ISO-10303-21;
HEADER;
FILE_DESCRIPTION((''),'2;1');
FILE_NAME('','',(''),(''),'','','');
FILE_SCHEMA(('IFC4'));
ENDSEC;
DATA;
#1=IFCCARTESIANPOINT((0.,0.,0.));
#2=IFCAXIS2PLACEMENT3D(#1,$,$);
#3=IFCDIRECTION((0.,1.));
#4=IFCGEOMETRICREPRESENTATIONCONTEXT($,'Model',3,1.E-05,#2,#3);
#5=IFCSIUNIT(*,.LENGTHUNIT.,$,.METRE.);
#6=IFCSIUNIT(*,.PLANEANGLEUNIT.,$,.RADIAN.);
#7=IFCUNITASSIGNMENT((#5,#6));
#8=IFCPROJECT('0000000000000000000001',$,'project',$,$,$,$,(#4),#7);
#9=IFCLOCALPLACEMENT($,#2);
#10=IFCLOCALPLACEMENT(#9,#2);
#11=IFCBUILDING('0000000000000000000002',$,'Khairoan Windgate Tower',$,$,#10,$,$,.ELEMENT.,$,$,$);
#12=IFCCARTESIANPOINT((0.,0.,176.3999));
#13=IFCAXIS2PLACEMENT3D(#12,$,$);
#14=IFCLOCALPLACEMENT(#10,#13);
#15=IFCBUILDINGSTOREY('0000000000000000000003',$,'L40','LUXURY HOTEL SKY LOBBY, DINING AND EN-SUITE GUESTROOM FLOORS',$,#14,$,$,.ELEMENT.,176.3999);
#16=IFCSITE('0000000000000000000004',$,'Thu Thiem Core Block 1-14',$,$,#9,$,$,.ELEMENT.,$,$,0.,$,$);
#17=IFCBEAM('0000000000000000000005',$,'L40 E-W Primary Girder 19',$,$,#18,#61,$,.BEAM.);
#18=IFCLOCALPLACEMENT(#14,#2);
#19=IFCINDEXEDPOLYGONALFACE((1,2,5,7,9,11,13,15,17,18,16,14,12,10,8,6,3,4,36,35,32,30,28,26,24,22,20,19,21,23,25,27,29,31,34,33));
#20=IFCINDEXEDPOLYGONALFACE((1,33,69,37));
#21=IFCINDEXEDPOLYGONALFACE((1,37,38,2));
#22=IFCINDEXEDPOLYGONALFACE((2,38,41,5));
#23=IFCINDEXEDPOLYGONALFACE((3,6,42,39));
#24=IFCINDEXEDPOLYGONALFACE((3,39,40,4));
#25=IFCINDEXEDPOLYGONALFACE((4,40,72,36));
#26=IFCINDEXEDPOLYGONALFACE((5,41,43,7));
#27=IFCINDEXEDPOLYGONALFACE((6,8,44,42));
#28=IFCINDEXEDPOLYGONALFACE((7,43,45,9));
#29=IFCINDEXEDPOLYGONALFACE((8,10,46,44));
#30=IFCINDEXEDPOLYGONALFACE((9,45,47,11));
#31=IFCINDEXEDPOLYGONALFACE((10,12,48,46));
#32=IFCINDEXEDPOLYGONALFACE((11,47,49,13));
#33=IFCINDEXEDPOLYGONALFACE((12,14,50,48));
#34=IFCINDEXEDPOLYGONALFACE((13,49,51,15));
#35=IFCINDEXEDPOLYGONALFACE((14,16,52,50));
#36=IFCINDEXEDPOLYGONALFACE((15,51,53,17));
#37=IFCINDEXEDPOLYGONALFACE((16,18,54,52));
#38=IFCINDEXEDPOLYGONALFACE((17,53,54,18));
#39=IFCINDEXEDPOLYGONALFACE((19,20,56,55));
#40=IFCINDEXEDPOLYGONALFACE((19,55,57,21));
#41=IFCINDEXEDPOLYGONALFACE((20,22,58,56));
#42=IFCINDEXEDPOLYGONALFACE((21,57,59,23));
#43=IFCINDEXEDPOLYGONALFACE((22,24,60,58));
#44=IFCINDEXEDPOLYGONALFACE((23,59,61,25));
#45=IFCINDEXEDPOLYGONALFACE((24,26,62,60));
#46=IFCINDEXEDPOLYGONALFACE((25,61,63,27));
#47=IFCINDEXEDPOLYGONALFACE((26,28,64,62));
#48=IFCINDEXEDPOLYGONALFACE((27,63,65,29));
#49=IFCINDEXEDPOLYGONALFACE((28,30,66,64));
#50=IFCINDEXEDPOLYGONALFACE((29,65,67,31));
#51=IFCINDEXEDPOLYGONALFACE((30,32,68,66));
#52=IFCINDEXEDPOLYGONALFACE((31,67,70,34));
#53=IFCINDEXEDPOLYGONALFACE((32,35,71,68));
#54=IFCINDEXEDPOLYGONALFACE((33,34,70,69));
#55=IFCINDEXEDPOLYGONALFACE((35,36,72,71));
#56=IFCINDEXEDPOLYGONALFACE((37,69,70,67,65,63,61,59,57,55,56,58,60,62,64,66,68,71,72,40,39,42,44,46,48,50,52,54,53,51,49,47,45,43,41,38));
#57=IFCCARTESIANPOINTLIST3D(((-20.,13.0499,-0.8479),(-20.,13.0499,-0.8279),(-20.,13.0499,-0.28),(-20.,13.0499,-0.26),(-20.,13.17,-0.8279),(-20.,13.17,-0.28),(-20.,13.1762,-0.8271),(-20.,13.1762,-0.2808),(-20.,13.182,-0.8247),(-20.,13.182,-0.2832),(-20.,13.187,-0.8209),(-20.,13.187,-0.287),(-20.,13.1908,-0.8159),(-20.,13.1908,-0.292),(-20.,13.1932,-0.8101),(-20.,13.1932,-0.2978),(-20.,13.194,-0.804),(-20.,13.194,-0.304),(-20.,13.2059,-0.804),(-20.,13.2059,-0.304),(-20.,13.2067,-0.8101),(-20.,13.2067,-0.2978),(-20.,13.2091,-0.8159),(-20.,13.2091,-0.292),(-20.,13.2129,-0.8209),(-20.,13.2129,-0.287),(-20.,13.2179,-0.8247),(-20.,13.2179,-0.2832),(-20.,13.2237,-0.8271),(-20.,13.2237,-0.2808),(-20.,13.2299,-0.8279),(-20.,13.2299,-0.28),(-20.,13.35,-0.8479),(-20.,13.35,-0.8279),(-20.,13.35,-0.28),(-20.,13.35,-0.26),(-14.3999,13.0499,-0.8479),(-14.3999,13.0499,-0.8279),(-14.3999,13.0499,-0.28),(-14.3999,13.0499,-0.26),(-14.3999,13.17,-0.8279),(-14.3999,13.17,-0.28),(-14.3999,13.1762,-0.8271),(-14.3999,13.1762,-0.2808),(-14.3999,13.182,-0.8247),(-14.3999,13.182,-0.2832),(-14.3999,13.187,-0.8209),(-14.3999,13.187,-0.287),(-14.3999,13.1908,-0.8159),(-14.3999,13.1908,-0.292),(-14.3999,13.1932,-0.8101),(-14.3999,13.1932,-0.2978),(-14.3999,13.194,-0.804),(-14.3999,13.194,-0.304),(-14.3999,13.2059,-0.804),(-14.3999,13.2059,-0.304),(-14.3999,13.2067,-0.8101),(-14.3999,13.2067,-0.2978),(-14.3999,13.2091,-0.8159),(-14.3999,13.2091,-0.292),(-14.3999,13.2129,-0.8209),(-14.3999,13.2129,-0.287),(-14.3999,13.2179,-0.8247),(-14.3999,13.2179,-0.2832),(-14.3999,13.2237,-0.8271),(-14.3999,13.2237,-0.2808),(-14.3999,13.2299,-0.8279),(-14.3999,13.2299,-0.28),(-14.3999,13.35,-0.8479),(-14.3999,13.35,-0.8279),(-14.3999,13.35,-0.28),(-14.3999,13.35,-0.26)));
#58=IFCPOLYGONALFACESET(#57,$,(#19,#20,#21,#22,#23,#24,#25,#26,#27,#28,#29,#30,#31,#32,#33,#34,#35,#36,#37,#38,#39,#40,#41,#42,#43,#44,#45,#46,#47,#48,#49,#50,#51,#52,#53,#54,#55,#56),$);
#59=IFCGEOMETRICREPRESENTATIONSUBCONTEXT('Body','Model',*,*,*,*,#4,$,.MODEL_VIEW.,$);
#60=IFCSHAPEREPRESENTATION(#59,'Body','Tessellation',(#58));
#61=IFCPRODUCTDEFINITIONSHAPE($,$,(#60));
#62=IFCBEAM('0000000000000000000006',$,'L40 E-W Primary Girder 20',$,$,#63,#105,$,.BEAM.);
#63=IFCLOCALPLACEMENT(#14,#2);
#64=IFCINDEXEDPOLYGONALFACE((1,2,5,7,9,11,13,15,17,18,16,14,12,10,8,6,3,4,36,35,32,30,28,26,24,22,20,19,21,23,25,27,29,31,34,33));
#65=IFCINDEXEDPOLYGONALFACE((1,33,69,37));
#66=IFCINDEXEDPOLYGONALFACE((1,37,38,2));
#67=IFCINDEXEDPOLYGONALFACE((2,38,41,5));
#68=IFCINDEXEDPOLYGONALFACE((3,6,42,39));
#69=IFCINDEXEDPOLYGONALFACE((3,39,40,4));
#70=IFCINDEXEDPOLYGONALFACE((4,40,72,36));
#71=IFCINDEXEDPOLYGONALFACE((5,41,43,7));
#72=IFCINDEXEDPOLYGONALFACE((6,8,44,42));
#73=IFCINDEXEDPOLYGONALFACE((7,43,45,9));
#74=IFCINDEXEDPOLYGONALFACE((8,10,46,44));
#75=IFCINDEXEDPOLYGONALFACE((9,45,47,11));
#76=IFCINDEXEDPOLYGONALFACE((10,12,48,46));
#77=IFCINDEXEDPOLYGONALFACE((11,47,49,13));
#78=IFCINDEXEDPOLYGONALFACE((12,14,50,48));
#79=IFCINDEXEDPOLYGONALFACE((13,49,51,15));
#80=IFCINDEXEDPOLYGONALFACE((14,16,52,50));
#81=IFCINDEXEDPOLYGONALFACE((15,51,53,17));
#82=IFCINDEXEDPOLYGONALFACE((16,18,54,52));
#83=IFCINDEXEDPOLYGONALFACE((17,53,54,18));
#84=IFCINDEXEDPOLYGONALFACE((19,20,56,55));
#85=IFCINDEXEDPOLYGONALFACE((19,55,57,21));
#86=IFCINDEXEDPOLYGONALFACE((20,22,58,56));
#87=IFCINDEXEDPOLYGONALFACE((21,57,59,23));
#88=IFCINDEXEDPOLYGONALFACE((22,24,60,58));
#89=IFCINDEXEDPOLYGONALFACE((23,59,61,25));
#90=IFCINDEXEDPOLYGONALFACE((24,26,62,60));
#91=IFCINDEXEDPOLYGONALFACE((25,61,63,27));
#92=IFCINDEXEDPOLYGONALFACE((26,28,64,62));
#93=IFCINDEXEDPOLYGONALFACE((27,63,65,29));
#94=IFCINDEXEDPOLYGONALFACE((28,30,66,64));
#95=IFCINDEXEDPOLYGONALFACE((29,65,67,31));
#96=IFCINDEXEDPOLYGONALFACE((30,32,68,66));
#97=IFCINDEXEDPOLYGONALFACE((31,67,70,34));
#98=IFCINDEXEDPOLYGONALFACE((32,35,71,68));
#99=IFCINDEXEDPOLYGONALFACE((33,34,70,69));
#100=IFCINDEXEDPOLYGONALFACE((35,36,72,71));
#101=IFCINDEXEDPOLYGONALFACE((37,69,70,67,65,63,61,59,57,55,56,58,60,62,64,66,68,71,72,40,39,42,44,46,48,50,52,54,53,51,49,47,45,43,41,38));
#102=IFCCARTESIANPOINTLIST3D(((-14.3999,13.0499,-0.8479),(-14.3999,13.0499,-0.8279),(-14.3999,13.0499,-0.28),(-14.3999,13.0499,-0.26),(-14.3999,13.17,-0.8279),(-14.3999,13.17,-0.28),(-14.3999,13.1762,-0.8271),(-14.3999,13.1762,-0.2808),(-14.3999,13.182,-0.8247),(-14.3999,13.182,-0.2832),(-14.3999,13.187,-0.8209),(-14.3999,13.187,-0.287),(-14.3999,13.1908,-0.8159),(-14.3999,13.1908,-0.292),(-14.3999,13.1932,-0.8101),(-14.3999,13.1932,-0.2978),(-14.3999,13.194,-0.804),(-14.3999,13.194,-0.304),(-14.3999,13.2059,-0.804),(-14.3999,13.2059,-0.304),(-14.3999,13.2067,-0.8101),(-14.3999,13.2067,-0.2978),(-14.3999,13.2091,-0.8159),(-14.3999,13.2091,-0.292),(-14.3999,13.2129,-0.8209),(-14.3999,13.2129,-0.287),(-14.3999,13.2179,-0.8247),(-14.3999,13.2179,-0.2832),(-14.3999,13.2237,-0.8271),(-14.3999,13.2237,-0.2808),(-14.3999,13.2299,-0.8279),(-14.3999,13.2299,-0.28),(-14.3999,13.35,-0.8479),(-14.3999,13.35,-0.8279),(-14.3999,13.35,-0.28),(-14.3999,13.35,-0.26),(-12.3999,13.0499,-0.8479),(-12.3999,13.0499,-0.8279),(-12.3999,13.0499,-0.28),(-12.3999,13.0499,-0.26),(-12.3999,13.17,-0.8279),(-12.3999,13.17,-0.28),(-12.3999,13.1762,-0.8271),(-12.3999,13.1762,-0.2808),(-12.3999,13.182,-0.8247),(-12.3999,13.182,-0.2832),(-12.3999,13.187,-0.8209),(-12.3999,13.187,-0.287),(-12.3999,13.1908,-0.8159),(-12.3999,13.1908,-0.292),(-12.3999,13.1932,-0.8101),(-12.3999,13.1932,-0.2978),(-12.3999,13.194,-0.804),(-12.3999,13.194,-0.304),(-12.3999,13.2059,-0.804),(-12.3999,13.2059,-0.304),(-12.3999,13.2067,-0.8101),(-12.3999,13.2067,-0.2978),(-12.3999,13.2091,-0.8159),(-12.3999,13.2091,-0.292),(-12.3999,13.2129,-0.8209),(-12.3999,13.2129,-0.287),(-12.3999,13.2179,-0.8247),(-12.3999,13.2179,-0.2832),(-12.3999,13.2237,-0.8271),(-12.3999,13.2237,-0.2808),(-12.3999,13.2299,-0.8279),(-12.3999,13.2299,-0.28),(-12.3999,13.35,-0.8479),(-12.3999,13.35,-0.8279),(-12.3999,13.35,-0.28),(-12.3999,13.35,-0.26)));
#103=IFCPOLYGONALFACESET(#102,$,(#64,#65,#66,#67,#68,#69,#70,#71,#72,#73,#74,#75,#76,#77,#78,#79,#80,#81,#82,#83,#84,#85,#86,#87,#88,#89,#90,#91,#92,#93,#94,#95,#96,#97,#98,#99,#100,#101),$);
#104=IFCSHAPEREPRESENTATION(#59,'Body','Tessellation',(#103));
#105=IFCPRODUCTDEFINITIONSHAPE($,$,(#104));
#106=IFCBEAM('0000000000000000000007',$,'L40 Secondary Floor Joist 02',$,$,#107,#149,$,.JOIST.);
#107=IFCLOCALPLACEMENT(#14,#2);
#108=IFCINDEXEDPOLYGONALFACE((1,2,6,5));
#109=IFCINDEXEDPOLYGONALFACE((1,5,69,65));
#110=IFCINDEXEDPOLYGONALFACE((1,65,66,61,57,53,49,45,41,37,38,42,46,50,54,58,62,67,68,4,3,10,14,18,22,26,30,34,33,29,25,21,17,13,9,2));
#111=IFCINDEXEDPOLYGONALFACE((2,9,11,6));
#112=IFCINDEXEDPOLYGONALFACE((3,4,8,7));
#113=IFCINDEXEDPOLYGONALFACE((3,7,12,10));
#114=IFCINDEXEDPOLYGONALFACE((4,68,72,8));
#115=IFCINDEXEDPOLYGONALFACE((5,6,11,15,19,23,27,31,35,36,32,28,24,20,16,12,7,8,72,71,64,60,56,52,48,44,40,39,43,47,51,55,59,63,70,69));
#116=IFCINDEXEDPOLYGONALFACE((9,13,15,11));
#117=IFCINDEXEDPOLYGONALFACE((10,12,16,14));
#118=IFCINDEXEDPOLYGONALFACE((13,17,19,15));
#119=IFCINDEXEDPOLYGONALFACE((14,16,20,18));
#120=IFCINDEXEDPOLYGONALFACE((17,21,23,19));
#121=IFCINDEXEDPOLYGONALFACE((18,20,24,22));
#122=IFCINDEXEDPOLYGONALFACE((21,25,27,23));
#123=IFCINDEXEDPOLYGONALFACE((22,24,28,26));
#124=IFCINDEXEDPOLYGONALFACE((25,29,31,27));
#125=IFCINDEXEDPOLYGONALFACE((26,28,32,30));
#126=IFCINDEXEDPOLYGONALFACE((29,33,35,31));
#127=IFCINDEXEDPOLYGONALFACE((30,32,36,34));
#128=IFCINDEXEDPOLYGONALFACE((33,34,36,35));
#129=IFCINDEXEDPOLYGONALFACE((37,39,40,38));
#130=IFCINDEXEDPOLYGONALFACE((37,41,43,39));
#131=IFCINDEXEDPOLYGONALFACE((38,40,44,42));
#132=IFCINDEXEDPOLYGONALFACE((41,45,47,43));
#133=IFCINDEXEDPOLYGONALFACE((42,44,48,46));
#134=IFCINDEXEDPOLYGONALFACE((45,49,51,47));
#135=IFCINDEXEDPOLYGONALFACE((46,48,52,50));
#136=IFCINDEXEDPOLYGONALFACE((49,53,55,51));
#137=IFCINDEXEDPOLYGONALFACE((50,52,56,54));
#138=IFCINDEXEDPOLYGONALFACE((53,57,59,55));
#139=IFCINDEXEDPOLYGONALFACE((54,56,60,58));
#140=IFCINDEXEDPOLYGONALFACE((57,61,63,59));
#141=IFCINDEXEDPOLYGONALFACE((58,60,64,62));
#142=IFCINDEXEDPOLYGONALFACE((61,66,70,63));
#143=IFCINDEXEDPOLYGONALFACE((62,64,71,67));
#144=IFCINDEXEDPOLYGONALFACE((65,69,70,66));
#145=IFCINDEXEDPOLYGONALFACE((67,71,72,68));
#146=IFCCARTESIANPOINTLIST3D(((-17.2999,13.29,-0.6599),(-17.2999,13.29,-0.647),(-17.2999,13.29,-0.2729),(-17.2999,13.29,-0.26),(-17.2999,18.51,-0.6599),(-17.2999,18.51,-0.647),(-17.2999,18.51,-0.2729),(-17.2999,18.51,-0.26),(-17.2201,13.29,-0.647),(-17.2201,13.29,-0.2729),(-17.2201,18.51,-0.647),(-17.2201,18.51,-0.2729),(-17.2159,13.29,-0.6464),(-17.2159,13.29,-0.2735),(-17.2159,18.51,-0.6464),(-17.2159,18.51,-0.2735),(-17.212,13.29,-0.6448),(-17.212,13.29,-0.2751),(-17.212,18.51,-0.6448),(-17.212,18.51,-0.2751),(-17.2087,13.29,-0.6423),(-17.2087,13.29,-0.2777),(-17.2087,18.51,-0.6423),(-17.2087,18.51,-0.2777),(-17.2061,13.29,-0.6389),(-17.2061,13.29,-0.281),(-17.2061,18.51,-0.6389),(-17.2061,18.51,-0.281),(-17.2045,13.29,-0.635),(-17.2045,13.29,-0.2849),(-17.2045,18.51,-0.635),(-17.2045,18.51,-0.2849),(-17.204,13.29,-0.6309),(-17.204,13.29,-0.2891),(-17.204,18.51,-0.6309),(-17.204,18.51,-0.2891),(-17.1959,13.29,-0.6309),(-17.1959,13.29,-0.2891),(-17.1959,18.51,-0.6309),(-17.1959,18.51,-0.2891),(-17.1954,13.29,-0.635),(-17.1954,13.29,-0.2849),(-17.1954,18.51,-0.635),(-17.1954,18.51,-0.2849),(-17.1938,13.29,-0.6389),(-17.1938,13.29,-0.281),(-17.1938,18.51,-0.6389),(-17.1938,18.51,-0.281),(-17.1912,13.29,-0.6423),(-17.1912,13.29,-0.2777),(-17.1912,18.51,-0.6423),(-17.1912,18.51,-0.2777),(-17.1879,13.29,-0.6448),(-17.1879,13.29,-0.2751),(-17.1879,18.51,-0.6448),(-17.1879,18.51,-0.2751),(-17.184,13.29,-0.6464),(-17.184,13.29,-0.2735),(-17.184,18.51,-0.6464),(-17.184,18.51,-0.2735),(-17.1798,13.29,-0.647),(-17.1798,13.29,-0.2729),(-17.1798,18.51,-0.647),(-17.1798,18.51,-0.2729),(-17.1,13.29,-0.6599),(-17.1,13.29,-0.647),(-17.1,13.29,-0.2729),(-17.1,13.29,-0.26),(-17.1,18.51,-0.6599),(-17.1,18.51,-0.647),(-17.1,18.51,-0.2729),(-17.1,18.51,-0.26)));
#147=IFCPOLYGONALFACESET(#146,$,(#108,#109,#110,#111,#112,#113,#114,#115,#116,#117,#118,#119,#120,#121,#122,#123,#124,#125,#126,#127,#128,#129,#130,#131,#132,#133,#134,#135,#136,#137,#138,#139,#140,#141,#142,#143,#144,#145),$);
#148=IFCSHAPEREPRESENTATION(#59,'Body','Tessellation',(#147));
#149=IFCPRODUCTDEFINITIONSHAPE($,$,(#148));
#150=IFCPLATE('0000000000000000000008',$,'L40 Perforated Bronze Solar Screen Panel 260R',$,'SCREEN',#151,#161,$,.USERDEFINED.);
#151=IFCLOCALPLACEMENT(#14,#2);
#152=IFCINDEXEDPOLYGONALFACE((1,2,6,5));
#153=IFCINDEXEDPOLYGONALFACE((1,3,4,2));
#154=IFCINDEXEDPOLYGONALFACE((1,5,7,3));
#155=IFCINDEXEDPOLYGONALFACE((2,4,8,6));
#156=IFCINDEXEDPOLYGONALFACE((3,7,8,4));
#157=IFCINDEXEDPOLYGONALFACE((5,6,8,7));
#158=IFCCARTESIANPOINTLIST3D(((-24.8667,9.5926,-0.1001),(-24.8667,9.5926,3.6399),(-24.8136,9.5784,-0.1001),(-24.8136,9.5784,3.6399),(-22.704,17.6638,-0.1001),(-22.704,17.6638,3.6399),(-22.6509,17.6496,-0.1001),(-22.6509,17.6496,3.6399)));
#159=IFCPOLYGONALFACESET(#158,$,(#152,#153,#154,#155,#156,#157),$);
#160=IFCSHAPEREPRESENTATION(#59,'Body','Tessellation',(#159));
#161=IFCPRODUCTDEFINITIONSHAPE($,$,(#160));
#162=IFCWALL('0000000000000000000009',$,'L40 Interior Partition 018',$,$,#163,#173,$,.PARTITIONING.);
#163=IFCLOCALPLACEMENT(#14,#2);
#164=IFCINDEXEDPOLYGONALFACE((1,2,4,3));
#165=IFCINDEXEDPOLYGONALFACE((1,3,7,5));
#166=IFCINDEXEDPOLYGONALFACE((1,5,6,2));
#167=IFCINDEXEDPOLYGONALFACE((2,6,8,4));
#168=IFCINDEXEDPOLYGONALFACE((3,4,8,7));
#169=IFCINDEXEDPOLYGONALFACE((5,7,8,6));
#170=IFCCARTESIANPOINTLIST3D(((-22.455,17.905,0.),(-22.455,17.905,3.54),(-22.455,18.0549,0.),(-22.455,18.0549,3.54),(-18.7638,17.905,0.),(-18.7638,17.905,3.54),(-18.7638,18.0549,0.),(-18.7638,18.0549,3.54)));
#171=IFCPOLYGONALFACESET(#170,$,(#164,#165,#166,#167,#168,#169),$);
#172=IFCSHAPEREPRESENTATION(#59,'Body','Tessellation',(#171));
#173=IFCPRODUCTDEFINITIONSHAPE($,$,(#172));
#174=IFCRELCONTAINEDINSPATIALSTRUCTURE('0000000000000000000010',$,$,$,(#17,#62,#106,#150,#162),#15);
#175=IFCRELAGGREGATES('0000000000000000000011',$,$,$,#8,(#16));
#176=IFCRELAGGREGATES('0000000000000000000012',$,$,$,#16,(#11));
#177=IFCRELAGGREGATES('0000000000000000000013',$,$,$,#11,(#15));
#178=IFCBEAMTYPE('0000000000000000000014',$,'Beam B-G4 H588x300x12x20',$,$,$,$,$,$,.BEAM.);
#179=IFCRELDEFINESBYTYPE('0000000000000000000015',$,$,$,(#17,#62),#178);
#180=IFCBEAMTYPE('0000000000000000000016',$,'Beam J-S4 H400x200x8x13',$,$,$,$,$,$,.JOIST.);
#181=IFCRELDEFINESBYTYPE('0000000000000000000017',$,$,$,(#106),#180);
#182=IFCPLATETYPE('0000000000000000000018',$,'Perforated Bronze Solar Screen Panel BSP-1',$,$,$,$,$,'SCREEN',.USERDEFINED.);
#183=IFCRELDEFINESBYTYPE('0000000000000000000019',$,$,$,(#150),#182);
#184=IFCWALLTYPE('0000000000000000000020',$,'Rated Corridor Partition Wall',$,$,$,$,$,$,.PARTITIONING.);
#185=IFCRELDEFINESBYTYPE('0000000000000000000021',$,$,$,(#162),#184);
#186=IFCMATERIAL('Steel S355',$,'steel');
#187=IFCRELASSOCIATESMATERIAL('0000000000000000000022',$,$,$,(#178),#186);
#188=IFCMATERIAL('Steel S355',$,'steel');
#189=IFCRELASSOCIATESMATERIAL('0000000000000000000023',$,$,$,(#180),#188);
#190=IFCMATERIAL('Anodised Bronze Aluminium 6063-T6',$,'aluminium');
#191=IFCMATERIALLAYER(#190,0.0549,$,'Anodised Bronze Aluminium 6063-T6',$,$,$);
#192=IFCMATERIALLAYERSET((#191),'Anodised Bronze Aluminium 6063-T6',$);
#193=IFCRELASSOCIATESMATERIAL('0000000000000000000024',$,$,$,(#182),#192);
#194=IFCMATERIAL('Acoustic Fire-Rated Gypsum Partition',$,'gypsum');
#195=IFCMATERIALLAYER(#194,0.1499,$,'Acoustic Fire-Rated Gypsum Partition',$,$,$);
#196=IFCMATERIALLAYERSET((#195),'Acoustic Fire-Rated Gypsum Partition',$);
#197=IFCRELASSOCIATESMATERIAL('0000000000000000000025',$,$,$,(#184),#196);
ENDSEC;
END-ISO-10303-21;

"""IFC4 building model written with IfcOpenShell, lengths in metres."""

from ifc_helpers import new_model, si_unit, direction, frame, frame_2d, origin, origin_2d, place, context, subcontext, project, spatial, rectangle, i_section, extrude, material, layer, layer_set, material_profile, profile_set, type_object, element, save


model = new_model("IFC4")

# Units and contexts
model_context = context("Model", 3, precision=1e-05, world=origin(), true_north=direction((0.0, 1.0)))
body_context = subcontext(model_context, "Body", "Model", "MODEL_VIEW")
ifc_project = project(units=[si_unit("LENGTHUNIT", "METRE"), si_unit("PLANEANGLEUNIT", "RADIAN")], contexts=[model_context])

# Site, building, storey
site_placement = place(None, origin())
site = spatial("IfcSite", under=ifc_project, at=site_placement, Name="Thu Thiem Core Block 1-14", CompositionType="ELEMENT", RefElevation=0.0)
building_placement = place(site_placement, origin())
building = spatial("IfcBuilding", under=site, at=building_placement, Name="Khairoan Windgate Tower", CompositionType="ELEMENT")
storey_placement = place(building_placement, frame((0.0, 0.0, 176.3999)))
storey = spatial("IfcBuildingStorey", under=building, at=storey_placement, Name="L40", Description="LUXURY HOTEL SKY LOBBY, DINING AND EN-SUITE GUESTROOM FLOORS", CompositionType="ELEMENT", Elevation=176.3999)

# Beams
ifc_material_1 = material(Name="Steel S355", Category="steel")
ifc_material_profile_1 = material_profile(ifc_material_1, i_section(OverallWidth=0.3, OverallDepth=0.5879, WebThickness=0.012, FlangeThickness=0.02, FilletRadius=0.0239, at=origin_2d()))
ifc_profile_set_1 = profile_set([ifc_material_profile_1], Name="Steel S355")
beam_type_1 = type_object("IfcBeamType", Name="Beam B-G4 H588x300x12x20", PredefinedType="BEAM", material=ifc_profile_set_1)
beam_1_placement = place(storey_placement, frame((-20.0, 13.2, -0.554), z_axis=(1.0, 0.0, 0.0), x_axis=(0.0, 1.0, 0.0)))
element("IfcBeam", 1, at=beam_1_placement, inside=storey, type_object=beam_type_1, Name="L40 E-W Primary Girder 19", PredefinedType="BEAM", context=body_context, shape_type="SweptSolid", body=[
    extrude(i_section(OverallWidth=0.3, OverallDepth=0.5879, WebThickness=0.012, FlangeThickness=0.02, FilletRadius=0.0239, at=origin_2d()), origin(), (0.0, 0.0, 1.0), 5.6001),
])
beam_2_placement = place(storey_placement, frame((-14.3999, 13.2, -0.554), z_axis=(1.0, 0.0, 0.0), x_axis=(0.0, 1.0, 0.0)))
element("IfcBeam", 2, at=beam_2_placement, inside=storey, type_object=beam_type_1, Name="L40 E-W Primary Girder 20", PredefinedType="BEAM", context=body_context, shape_type="SweptSolid", body=[
    extrude(i_section(OverallWidth=0.3, OverallDepth=0.5879, WebThickness=0.012, FlangeThickness=0.02, FilletRadius=0.0239, at=origin_2d()), origin(), (0.0, 0.0, 1.0), 2.0),
])
ifc_material_2 = material(Name="Steel S355", Category="steel")
ifc_material_profile_2 = material_profile(ifc_material_2, i_section(OverallWidth=0.2, OverallDepth=0.3999, WebThickness=0.0081, FlangeThickness=0.0129, FilletRadius=0.0161, at=origin_2d()))
ifc_profile_set_2 = profile_set([ifc_material_profile_2], Name="Steel S355")
beam_type_2 = type_object("IfcBeamType", Name="Beam J-S4 H400x200x8x13", PredefinedType="JOIST", material=ifc_profile_set_2)
beam_3_placement = place(storey_placement, frame((-17.2, 13.29, -0.46), z_axis=(0.0, 1.0, 0.0), x_axis=(-1.0, 0.0, 0.0)))
element("IfcBeam", 3, at=beam_3_placement, inside=storey, type_object=beam_type_2, Name="L40 Secondary Floor Joist 02", PredefinedType="JOIST", context=body_context, shape_type="SweptSolid", body=[
    extrude(i_section(OverallWidth=0.2, OverallDepth=0.3999, WebThickness=0.0081, FlangeThickness=0.0129, FilletRadius=0.0161, at=origin_2d()), origin(), (0.0, 0.0, 1.0), 5.22),
])

# Plate
ifc_material_3 = material(Name="Anodised Bronze Aluminium 6063-T6", Category="aluminium")
ifc_layer_1 = layer(ifc_material_3, 0.0549, Name="Anodised Bronze Aluminium 6063-T6")
ifc_layer_set_1 = layer_set([ifc_layer_1], Name="Anodised Bronze Aluminium 6063-T6")
plate_type = type_object("IfcPlateType", Name="Perforated Bronze Solar Screen Panel BSP-1", ElementType="SCREEN", PredefinedType="USERDEFINED", material=ifc_layer_set_1)
plate_placement = place(storey_placement, frame((-23.7588, 13.6211, -0.1001), z_axis=(0.0, 0.0, 1.0), x_axis=(0.258819, 0.965926, 0.0)))
element("IfcPlate", 4, at=plate_placement, inside=storey, type_object=plate_type, Name="L40 Perforated Bronze Solar Screen Panel 260R", ObjectType="SCREEN", PredefinedType="USERDEFINED", context=body_context, shape_type="SweptSolid", body=[
    extrude(rectangle(XDim=8.356, YDim=0.0549, at=origin_2d()), origin(), (0.0, 0.0, 1.0), 3.74),
])

# Wall
ifc_material_4 = material(Name="Acoustic Fire-Rated Gypsum Partition", Category="gypsum")
ifc_layer_2 = layer(ifc_material_4, 0.1499, Name="Acoustic Fire-Rated Gypsum Partition")
ifc_layer_set_2 = layer_set([ifc_layer_2], Name="Acoustic Fire-Rated Gypsum Partition")
wall_type_1 = type_object("IfcWallType", Name="Rated Corridor Partition Wall", PredefinedType="PARTITIONING", material=ifc_layer_set_2)
wall_1_placement = place(storey_placement, frame((-22.4551, 17.98, 0.0), z_axis=(0.0, 0.0, 1.0), x_axis=(1.0, 0.0, 0.0)))
element("IfcWall", 5, at=wall_1_placement, inside=storey, type_object=wall_type_1, Name="L40 Interior Partition 018", PredefinedType="PARTITIONING", context=body_context, shape_type="SweptSolid", body=[
    extrude(rectangle(XDim=3.6912, YDim=0.1499, at=frame_2d((1.8457, 0.0))), origin(), (0.0, 0.0, 1.0), 3.54),
])

save(model, "model.ifc")
